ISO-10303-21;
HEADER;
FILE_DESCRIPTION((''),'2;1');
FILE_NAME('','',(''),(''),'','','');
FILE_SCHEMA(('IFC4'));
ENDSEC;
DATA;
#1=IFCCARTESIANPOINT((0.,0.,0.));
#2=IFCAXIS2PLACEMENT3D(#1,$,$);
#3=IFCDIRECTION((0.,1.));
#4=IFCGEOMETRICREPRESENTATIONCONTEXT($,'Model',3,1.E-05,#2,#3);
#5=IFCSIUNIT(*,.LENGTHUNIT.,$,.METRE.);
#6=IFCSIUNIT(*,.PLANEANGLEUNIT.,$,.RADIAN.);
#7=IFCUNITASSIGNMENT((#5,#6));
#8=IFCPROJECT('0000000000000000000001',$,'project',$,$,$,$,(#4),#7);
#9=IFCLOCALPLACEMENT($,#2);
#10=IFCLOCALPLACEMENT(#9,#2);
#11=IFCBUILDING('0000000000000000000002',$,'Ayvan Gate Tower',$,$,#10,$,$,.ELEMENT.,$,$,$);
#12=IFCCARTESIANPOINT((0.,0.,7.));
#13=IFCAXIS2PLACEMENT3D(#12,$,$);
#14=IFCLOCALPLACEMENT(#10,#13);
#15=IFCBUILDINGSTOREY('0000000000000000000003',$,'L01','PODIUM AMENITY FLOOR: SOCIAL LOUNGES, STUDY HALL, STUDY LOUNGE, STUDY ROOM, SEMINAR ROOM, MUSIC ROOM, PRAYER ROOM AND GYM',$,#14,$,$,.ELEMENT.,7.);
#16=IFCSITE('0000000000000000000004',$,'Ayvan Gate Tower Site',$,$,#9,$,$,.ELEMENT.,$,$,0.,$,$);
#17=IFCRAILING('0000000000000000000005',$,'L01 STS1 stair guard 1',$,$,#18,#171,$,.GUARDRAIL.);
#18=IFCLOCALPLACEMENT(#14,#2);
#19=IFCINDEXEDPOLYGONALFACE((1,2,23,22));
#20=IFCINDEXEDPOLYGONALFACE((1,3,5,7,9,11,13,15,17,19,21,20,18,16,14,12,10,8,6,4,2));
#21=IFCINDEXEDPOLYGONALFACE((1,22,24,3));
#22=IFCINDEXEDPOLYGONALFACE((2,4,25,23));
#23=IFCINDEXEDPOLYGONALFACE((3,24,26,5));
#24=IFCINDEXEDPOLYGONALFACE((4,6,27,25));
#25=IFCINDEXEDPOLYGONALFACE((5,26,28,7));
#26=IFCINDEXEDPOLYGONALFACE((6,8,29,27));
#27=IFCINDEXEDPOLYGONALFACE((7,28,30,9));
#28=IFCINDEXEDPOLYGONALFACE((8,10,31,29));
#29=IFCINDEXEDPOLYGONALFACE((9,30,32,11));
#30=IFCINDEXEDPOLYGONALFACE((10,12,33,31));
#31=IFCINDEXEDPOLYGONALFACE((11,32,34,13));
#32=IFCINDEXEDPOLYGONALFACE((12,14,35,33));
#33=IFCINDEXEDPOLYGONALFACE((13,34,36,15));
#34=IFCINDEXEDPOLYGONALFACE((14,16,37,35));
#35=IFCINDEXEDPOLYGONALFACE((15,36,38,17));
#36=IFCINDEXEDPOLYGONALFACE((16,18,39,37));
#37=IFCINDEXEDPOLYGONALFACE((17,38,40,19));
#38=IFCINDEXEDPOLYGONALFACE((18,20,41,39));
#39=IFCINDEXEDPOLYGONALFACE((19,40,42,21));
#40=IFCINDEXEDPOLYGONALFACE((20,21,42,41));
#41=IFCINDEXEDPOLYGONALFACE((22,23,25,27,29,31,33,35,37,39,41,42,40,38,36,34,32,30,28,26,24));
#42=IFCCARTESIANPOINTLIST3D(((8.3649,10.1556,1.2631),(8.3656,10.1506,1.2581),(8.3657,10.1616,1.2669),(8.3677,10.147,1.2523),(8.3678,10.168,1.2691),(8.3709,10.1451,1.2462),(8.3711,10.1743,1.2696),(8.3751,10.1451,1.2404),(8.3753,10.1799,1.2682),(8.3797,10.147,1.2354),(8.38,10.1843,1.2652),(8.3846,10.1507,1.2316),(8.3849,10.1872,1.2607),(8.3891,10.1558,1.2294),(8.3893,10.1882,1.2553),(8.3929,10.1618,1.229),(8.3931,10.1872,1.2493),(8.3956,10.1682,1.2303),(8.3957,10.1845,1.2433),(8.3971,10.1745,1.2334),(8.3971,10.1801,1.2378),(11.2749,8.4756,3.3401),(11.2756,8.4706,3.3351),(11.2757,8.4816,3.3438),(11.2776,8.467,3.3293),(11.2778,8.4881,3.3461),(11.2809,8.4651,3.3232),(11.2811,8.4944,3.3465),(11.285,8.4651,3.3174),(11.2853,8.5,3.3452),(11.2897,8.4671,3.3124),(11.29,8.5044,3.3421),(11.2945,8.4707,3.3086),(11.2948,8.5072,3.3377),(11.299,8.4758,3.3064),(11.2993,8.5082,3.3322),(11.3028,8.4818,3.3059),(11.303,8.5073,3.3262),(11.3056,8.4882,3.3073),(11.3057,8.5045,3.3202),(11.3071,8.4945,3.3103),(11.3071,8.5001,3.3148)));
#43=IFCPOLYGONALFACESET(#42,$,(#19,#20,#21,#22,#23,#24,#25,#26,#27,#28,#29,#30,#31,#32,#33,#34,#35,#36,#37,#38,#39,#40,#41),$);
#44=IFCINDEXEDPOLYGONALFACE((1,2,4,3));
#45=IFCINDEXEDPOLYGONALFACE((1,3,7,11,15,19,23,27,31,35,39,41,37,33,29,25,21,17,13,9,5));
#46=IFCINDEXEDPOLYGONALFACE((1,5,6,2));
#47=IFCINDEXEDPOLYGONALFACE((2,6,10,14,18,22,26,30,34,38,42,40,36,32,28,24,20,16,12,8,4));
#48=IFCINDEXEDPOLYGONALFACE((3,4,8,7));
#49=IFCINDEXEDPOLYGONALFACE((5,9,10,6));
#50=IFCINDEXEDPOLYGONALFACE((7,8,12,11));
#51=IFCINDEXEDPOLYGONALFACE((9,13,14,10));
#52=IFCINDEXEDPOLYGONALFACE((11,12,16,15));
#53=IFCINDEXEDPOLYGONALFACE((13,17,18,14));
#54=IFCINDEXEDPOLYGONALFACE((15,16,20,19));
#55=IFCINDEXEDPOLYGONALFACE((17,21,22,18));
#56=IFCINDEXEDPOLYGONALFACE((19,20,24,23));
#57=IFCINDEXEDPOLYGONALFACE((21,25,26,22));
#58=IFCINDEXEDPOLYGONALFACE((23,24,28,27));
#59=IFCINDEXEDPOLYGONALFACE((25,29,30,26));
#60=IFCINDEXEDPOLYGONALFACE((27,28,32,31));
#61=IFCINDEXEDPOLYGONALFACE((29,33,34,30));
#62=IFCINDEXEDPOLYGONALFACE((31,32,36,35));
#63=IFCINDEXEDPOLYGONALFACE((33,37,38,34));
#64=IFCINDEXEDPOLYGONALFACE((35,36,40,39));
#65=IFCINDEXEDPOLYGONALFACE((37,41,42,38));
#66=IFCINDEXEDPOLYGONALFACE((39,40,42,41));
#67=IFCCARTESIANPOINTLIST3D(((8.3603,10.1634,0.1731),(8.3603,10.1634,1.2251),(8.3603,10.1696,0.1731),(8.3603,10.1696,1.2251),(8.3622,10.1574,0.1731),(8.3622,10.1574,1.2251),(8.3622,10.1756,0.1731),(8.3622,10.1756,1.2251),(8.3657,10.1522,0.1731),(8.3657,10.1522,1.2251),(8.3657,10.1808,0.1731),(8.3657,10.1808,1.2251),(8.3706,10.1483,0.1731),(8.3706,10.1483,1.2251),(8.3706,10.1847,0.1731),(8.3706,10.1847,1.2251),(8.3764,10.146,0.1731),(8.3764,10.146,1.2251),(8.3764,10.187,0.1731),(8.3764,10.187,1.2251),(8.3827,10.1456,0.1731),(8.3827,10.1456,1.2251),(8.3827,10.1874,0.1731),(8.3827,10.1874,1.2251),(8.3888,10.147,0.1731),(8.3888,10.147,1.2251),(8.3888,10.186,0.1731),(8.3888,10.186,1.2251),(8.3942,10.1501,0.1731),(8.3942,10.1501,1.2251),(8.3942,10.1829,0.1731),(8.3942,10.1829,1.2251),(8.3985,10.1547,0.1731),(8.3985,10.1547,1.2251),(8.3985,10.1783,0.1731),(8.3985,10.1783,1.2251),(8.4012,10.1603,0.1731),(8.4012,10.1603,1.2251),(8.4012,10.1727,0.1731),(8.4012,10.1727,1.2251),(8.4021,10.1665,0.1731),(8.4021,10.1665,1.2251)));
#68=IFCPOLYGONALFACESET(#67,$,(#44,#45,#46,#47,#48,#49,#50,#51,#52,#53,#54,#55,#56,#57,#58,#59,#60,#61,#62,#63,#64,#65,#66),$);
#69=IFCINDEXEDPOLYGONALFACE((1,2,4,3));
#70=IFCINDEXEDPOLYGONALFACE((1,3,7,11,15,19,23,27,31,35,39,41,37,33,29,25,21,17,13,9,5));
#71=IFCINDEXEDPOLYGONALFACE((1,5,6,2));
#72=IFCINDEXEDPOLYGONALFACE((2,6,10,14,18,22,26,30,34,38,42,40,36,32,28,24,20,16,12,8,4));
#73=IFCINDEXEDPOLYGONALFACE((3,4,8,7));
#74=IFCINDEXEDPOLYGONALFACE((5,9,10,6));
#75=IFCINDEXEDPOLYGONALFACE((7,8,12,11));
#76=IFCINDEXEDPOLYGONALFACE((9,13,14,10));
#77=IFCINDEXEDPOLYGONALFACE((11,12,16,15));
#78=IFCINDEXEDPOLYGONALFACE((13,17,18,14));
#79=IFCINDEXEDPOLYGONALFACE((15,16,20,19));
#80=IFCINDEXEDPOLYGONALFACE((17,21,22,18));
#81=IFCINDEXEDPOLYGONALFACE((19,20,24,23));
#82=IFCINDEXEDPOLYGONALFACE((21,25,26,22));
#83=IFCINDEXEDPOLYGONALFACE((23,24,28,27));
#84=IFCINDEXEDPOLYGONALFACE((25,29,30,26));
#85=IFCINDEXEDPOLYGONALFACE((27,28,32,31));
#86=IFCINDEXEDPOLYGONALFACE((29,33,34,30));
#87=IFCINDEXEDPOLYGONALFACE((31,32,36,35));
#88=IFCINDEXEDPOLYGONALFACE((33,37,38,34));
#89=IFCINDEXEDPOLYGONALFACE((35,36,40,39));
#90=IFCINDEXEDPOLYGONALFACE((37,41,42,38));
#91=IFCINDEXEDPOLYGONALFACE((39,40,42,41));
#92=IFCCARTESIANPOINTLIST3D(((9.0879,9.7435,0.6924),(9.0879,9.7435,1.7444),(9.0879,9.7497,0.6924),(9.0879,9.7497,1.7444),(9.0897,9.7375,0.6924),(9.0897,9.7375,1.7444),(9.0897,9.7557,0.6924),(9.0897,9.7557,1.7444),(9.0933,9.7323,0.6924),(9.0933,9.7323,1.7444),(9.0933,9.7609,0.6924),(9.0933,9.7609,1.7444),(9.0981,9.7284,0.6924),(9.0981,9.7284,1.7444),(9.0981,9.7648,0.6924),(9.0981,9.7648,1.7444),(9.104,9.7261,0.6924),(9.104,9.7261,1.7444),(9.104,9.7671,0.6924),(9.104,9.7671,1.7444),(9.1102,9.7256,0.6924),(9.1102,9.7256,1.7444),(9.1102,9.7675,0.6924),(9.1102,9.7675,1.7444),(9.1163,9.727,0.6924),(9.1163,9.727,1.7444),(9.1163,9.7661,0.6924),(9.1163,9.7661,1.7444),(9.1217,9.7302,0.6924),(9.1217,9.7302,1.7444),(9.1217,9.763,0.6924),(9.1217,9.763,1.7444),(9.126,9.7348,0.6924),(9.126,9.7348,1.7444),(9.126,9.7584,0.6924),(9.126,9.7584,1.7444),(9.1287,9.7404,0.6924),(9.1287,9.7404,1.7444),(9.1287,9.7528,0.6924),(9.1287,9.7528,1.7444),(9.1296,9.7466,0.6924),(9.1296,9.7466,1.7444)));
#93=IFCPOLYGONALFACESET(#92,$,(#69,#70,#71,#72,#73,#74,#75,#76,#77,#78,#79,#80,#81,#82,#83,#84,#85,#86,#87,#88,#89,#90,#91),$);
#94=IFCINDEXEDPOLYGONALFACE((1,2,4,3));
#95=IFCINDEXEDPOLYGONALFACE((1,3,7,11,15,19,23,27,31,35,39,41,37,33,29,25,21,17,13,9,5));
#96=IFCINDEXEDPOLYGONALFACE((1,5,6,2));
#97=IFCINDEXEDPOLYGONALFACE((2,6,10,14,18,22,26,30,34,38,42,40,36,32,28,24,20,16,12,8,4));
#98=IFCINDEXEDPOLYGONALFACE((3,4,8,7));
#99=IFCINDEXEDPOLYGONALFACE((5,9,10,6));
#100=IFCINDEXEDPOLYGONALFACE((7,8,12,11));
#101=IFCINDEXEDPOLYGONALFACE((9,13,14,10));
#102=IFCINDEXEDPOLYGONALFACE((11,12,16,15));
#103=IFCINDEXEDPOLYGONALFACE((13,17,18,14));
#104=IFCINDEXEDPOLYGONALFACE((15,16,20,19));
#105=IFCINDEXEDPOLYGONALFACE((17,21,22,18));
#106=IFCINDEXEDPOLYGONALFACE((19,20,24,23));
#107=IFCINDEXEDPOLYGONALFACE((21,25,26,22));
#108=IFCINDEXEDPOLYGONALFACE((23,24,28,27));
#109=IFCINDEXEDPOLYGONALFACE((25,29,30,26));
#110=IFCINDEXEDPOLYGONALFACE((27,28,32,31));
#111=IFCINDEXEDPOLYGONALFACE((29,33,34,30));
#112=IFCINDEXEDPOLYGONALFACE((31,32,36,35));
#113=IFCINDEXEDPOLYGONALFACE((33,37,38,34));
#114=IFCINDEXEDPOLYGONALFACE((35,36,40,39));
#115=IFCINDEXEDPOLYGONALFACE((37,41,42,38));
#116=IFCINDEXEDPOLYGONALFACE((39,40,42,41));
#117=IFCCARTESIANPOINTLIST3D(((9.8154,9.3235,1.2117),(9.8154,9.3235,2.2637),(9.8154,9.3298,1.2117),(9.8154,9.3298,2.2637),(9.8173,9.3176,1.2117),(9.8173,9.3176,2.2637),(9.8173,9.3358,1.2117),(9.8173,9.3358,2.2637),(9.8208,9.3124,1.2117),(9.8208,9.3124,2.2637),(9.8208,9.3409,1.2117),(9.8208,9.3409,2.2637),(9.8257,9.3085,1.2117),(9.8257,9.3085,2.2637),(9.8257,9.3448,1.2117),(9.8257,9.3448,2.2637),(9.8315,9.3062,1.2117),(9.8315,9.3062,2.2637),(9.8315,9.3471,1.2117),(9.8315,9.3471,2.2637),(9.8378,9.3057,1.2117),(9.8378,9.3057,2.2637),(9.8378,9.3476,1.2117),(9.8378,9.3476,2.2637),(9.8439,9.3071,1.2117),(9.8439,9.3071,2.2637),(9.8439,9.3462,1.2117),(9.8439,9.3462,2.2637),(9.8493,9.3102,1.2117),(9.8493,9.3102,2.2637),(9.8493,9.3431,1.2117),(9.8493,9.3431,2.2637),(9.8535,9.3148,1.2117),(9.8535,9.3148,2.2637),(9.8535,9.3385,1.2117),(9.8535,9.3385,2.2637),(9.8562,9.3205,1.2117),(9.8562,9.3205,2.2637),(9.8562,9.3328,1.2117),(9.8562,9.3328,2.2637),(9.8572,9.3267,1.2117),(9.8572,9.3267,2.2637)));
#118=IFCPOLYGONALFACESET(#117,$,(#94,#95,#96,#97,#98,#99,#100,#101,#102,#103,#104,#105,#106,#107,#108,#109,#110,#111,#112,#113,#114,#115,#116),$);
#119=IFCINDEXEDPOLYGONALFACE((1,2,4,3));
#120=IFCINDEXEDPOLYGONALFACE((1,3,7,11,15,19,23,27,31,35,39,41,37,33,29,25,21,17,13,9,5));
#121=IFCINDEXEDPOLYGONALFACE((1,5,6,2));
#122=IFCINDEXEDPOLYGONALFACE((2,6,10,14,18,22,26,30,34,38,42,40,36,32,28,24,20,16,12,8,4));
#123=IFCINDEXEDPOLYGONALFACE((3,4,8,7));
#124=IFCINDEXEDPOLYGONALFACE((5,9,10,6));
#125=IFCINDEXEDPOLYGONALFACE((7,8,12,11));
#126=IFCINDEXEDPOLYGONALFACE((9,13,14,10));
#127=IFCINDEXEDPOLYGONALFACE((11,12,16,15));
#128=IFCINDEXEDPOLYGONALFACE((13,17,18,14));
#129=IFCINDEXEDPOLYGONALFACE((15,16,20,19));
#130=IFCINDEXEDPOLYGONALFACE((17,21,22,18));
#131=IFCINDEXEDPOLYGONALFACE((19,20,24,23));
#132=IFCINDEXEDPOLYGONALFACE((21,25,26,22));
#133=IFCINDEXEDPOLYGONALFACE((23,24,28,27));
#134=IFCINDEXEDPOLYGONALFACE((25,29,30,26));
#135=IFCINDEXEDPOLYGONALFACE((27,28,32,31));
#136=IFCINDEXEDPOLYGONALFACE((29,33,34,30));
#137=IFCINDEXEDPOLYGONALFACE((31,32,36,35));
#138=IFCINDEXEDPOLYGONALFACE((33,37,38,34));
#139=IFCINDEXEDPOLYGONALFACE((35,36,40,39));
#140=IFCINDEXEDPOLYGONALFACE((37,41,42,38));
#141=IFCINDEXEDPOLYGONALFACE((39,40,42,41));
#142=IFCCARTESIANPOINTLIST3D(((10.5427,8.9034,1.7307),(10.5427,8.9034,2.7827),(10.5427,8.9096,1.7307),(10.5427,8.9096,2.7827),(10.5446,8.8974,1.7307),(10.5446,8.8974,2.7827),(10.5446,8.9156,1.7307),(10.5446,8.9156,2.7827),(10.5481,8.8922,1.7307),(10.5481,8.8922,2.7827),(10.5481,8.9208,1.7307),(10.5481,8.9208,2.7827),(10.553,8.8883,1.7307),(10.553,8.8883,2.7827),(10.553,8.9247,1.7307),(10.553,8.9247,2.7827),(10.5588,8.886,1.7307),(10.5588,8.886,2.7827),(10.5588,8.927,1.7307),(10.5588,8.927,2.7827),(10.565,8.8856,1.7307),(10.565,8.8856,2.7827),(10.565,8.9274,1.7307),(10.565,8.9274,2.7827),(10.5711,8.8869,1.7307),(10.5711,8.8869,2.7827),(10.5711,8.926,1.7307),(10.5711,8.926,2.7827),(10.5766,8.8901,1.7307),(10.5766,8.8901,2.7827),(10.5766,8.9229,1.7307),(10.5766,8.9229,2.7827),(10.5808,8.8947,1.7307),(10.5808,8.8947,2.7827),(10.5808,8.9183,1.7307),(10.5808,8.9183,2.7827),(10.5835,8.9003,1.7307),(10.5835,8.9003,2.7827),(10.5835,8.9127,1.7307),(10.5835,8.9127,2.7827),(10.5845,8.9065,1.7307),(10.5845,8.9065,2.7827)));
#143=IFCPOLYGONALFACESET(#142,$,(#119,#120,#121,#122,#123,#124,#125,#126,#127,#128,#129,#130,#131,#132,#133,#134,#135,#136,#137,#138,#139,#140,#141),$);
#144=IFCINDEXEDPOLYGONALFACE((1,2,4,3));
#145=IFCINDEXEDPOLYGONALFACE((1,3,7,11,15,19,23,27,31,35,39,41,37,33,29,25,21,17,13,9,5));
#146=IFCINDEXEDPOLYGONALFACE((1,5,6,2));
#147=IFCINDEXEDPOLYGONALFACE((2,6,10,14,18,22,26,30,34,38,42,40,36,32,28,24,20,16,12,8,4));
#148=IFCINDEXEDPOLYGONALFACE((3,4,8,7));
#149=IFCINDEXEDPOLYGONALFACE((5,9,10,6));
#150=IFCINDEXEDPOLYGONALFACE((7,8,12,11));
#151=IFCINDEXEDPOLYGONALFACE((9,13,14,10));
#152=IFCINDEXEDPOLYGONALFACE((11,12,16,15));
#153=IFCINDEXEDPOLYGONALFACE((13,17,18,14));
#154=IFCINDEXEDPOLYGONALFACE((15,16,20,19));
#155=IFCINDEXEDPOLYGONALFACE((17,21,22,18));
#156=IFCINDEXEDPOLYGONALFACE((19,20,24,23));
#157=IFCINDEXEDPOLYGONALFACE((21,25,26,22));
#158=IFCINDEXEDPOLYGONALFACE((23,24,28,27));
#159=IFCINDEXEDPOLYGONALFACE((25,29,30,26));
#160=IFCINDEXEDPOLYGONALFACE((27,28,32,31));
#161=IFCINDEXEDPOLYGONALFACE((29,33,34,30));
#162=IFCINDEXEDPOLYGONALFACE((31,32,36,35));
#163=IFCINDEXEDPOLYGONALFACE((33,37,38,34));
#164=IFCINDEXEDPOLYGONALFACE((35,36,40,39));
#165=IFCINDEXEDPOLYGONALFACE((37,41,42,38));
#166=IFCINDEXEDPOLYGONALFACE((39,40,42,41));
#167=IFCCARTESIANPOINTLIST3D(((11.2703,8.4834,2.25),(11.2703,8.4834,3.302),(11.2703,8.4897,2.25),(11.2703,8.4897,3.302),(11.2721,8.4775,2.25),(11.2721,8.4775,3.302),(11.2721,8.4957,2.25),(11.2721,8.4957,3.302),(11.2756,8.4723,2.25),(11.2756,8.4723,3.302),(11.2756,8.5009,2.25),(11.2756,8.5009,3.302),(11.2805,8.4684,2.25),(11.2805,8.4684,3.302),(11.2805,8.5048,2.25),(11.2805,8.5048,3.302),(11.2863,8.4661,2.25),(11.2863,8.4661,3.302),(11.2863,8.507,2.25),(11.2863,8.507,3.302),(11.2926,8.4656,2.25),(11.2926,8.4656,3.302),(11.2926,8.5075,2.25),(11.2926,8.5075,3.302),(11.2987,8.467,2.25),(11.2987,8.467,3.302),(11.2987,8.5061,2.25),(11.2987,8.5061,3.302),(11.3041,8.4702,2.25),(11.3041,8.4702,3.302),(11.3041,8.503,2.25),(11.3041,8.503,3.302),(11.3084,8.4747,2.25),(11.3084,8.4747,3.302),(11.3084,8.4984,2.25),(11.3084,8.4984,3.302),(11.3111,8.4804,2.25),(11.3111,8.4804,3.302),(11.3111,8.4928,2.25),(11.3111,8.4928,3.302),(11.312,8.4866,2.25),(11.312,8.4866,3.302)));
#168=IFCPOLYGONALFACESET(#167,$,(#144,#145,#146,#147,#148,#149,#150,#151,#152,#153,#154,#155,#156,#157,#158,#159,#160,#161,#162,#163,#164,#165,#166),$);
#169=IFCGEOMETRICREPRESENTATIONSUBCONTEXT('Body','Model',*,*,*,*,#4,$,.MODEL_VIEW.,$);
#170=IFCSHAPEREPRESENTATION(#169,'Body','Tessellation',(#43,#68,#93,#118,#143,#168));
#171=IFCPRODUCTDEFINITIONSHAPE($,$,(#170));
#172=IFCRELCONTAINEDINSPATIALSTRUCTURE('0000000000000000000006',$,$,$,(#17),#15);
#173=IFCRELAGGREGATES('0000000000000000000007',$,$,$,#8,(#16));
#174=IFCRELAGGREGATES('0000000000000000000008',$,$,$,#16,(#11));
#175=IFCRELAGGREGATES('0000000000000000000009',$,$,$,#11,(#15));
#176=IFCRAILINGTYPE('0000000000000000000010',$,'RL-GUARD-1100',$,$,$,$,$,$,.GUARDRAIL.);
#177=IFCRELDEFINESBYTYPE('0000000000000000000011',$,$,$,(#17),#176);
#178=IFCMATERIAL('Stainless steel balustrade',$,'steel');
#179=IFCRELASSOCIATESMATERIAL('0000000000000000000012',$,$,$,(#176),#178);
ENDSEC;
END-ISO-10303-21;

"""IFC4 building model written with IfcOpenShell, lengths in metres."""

from ifc_helpers import new_model, si_unit, direction, frame, origin, origin_2d, place, context, subcontext, project, spatial, circle, extrude, material, type_object, element, save


model = new_model("IFC4")

# Units and contexts
model_context = context("Model", 3, precision=1e-05, world=origin(), true_north=direction((0.0, 1.0)))
body_context = subcontext(model_context, "Body", "Model", "MODEL_VIEW")
ifc_project = project(units=[si_unit("LENGTHUNIT", "METRE"), si_unit("PLANEANGLEUNIT", "RADIAN")], contexts=[model_context])

# Site, building, storey
site_placement = place(None, origin())
site = spatial("IfcSite", under=ifc_project, at=site_placement, Name="Ayvan Gate Tower Site", CompositionType="ELEMENT", RefElevation=0.0)
building_placement = place(site_placement, origin())
building = spatial("IfcBuilding", under=site, at=building_placement, Name="Ayvan Gate Tower", CompositionType="ELEMENT")
storey_placement = place(building_placement, frame((0.0, 0.0, 7.0)))
storey = spatial("IfcBuildingStorey", under=building, at=storey_placement, Name="L01", Description="PODIUM AMENITY FLOOR: SOCIAL LOUNGES, STUDY HALL, STUDY LOUNGE, STUDY ROOM, SEMINAR ROOM, MUSIC ROOM, PRAYER ROOM AND GYM", CompositionType="ELEMENT", Elevation=7.0)

# Railing
ifc_material_1 = material(Name="Stainless steel balustrade", Category="steel")
railing_type_1 = type_object("IfcRailingType", Name="RL-GUARD-1100", PredefinedType="GUARDRAIL", material=ifc_material_1)
railing_1_placement = place(storey_placement, frame((8.3811, 10.1665, 0.1731)))
element("IfcRailing", 1, at=railing_1_placement, inside=storey, type_object=railing_type_1, Name="L01 STS1 stair guard 1", PredefinedType="GUARDRAIL", context=body_context, shape_type="SweptSolid", body=[
    extrude(circle(Radius=0.0239, at=origin_2d()), frame((0.0, 0.0, 1.0762), z_axis=(0.736668, -0.425288, 0.525785), x_axis=(0.499976, 0.866039, 0.0)), (0.0, 0.0, 1.0), 3.9502),
    extrude(circle(Radius=0.021, at=origin_2d()), origin(), (0.0, 0.0, 1.0), 1.052),
    extrude(circle(Radius=0.021, at=origin_2d()), frame((0.7275, -0.4199, 0.5193)), (0.0, 0.0, 1.0), 1.052),
    extrude(circle(Radius=0.021, at=origin_2d()), frame((1.4551, -0.8398, 1.0386)), (0.0, 0.0, 1.0), 1.052),
    extrude(circle(Radius=0.021, at=origin_2d()), frame((2.1824, -1.26, 1.5576)), (0.0, 0.0, 1.0), 1.052),
    extrude(circle(Radius=0.021, at=origin_2d()), frame((2.9099, -1.6799, 2.0769)), (0.0, 0.0, 1.0), 1.052),
])

save(model, "model.ifc")
